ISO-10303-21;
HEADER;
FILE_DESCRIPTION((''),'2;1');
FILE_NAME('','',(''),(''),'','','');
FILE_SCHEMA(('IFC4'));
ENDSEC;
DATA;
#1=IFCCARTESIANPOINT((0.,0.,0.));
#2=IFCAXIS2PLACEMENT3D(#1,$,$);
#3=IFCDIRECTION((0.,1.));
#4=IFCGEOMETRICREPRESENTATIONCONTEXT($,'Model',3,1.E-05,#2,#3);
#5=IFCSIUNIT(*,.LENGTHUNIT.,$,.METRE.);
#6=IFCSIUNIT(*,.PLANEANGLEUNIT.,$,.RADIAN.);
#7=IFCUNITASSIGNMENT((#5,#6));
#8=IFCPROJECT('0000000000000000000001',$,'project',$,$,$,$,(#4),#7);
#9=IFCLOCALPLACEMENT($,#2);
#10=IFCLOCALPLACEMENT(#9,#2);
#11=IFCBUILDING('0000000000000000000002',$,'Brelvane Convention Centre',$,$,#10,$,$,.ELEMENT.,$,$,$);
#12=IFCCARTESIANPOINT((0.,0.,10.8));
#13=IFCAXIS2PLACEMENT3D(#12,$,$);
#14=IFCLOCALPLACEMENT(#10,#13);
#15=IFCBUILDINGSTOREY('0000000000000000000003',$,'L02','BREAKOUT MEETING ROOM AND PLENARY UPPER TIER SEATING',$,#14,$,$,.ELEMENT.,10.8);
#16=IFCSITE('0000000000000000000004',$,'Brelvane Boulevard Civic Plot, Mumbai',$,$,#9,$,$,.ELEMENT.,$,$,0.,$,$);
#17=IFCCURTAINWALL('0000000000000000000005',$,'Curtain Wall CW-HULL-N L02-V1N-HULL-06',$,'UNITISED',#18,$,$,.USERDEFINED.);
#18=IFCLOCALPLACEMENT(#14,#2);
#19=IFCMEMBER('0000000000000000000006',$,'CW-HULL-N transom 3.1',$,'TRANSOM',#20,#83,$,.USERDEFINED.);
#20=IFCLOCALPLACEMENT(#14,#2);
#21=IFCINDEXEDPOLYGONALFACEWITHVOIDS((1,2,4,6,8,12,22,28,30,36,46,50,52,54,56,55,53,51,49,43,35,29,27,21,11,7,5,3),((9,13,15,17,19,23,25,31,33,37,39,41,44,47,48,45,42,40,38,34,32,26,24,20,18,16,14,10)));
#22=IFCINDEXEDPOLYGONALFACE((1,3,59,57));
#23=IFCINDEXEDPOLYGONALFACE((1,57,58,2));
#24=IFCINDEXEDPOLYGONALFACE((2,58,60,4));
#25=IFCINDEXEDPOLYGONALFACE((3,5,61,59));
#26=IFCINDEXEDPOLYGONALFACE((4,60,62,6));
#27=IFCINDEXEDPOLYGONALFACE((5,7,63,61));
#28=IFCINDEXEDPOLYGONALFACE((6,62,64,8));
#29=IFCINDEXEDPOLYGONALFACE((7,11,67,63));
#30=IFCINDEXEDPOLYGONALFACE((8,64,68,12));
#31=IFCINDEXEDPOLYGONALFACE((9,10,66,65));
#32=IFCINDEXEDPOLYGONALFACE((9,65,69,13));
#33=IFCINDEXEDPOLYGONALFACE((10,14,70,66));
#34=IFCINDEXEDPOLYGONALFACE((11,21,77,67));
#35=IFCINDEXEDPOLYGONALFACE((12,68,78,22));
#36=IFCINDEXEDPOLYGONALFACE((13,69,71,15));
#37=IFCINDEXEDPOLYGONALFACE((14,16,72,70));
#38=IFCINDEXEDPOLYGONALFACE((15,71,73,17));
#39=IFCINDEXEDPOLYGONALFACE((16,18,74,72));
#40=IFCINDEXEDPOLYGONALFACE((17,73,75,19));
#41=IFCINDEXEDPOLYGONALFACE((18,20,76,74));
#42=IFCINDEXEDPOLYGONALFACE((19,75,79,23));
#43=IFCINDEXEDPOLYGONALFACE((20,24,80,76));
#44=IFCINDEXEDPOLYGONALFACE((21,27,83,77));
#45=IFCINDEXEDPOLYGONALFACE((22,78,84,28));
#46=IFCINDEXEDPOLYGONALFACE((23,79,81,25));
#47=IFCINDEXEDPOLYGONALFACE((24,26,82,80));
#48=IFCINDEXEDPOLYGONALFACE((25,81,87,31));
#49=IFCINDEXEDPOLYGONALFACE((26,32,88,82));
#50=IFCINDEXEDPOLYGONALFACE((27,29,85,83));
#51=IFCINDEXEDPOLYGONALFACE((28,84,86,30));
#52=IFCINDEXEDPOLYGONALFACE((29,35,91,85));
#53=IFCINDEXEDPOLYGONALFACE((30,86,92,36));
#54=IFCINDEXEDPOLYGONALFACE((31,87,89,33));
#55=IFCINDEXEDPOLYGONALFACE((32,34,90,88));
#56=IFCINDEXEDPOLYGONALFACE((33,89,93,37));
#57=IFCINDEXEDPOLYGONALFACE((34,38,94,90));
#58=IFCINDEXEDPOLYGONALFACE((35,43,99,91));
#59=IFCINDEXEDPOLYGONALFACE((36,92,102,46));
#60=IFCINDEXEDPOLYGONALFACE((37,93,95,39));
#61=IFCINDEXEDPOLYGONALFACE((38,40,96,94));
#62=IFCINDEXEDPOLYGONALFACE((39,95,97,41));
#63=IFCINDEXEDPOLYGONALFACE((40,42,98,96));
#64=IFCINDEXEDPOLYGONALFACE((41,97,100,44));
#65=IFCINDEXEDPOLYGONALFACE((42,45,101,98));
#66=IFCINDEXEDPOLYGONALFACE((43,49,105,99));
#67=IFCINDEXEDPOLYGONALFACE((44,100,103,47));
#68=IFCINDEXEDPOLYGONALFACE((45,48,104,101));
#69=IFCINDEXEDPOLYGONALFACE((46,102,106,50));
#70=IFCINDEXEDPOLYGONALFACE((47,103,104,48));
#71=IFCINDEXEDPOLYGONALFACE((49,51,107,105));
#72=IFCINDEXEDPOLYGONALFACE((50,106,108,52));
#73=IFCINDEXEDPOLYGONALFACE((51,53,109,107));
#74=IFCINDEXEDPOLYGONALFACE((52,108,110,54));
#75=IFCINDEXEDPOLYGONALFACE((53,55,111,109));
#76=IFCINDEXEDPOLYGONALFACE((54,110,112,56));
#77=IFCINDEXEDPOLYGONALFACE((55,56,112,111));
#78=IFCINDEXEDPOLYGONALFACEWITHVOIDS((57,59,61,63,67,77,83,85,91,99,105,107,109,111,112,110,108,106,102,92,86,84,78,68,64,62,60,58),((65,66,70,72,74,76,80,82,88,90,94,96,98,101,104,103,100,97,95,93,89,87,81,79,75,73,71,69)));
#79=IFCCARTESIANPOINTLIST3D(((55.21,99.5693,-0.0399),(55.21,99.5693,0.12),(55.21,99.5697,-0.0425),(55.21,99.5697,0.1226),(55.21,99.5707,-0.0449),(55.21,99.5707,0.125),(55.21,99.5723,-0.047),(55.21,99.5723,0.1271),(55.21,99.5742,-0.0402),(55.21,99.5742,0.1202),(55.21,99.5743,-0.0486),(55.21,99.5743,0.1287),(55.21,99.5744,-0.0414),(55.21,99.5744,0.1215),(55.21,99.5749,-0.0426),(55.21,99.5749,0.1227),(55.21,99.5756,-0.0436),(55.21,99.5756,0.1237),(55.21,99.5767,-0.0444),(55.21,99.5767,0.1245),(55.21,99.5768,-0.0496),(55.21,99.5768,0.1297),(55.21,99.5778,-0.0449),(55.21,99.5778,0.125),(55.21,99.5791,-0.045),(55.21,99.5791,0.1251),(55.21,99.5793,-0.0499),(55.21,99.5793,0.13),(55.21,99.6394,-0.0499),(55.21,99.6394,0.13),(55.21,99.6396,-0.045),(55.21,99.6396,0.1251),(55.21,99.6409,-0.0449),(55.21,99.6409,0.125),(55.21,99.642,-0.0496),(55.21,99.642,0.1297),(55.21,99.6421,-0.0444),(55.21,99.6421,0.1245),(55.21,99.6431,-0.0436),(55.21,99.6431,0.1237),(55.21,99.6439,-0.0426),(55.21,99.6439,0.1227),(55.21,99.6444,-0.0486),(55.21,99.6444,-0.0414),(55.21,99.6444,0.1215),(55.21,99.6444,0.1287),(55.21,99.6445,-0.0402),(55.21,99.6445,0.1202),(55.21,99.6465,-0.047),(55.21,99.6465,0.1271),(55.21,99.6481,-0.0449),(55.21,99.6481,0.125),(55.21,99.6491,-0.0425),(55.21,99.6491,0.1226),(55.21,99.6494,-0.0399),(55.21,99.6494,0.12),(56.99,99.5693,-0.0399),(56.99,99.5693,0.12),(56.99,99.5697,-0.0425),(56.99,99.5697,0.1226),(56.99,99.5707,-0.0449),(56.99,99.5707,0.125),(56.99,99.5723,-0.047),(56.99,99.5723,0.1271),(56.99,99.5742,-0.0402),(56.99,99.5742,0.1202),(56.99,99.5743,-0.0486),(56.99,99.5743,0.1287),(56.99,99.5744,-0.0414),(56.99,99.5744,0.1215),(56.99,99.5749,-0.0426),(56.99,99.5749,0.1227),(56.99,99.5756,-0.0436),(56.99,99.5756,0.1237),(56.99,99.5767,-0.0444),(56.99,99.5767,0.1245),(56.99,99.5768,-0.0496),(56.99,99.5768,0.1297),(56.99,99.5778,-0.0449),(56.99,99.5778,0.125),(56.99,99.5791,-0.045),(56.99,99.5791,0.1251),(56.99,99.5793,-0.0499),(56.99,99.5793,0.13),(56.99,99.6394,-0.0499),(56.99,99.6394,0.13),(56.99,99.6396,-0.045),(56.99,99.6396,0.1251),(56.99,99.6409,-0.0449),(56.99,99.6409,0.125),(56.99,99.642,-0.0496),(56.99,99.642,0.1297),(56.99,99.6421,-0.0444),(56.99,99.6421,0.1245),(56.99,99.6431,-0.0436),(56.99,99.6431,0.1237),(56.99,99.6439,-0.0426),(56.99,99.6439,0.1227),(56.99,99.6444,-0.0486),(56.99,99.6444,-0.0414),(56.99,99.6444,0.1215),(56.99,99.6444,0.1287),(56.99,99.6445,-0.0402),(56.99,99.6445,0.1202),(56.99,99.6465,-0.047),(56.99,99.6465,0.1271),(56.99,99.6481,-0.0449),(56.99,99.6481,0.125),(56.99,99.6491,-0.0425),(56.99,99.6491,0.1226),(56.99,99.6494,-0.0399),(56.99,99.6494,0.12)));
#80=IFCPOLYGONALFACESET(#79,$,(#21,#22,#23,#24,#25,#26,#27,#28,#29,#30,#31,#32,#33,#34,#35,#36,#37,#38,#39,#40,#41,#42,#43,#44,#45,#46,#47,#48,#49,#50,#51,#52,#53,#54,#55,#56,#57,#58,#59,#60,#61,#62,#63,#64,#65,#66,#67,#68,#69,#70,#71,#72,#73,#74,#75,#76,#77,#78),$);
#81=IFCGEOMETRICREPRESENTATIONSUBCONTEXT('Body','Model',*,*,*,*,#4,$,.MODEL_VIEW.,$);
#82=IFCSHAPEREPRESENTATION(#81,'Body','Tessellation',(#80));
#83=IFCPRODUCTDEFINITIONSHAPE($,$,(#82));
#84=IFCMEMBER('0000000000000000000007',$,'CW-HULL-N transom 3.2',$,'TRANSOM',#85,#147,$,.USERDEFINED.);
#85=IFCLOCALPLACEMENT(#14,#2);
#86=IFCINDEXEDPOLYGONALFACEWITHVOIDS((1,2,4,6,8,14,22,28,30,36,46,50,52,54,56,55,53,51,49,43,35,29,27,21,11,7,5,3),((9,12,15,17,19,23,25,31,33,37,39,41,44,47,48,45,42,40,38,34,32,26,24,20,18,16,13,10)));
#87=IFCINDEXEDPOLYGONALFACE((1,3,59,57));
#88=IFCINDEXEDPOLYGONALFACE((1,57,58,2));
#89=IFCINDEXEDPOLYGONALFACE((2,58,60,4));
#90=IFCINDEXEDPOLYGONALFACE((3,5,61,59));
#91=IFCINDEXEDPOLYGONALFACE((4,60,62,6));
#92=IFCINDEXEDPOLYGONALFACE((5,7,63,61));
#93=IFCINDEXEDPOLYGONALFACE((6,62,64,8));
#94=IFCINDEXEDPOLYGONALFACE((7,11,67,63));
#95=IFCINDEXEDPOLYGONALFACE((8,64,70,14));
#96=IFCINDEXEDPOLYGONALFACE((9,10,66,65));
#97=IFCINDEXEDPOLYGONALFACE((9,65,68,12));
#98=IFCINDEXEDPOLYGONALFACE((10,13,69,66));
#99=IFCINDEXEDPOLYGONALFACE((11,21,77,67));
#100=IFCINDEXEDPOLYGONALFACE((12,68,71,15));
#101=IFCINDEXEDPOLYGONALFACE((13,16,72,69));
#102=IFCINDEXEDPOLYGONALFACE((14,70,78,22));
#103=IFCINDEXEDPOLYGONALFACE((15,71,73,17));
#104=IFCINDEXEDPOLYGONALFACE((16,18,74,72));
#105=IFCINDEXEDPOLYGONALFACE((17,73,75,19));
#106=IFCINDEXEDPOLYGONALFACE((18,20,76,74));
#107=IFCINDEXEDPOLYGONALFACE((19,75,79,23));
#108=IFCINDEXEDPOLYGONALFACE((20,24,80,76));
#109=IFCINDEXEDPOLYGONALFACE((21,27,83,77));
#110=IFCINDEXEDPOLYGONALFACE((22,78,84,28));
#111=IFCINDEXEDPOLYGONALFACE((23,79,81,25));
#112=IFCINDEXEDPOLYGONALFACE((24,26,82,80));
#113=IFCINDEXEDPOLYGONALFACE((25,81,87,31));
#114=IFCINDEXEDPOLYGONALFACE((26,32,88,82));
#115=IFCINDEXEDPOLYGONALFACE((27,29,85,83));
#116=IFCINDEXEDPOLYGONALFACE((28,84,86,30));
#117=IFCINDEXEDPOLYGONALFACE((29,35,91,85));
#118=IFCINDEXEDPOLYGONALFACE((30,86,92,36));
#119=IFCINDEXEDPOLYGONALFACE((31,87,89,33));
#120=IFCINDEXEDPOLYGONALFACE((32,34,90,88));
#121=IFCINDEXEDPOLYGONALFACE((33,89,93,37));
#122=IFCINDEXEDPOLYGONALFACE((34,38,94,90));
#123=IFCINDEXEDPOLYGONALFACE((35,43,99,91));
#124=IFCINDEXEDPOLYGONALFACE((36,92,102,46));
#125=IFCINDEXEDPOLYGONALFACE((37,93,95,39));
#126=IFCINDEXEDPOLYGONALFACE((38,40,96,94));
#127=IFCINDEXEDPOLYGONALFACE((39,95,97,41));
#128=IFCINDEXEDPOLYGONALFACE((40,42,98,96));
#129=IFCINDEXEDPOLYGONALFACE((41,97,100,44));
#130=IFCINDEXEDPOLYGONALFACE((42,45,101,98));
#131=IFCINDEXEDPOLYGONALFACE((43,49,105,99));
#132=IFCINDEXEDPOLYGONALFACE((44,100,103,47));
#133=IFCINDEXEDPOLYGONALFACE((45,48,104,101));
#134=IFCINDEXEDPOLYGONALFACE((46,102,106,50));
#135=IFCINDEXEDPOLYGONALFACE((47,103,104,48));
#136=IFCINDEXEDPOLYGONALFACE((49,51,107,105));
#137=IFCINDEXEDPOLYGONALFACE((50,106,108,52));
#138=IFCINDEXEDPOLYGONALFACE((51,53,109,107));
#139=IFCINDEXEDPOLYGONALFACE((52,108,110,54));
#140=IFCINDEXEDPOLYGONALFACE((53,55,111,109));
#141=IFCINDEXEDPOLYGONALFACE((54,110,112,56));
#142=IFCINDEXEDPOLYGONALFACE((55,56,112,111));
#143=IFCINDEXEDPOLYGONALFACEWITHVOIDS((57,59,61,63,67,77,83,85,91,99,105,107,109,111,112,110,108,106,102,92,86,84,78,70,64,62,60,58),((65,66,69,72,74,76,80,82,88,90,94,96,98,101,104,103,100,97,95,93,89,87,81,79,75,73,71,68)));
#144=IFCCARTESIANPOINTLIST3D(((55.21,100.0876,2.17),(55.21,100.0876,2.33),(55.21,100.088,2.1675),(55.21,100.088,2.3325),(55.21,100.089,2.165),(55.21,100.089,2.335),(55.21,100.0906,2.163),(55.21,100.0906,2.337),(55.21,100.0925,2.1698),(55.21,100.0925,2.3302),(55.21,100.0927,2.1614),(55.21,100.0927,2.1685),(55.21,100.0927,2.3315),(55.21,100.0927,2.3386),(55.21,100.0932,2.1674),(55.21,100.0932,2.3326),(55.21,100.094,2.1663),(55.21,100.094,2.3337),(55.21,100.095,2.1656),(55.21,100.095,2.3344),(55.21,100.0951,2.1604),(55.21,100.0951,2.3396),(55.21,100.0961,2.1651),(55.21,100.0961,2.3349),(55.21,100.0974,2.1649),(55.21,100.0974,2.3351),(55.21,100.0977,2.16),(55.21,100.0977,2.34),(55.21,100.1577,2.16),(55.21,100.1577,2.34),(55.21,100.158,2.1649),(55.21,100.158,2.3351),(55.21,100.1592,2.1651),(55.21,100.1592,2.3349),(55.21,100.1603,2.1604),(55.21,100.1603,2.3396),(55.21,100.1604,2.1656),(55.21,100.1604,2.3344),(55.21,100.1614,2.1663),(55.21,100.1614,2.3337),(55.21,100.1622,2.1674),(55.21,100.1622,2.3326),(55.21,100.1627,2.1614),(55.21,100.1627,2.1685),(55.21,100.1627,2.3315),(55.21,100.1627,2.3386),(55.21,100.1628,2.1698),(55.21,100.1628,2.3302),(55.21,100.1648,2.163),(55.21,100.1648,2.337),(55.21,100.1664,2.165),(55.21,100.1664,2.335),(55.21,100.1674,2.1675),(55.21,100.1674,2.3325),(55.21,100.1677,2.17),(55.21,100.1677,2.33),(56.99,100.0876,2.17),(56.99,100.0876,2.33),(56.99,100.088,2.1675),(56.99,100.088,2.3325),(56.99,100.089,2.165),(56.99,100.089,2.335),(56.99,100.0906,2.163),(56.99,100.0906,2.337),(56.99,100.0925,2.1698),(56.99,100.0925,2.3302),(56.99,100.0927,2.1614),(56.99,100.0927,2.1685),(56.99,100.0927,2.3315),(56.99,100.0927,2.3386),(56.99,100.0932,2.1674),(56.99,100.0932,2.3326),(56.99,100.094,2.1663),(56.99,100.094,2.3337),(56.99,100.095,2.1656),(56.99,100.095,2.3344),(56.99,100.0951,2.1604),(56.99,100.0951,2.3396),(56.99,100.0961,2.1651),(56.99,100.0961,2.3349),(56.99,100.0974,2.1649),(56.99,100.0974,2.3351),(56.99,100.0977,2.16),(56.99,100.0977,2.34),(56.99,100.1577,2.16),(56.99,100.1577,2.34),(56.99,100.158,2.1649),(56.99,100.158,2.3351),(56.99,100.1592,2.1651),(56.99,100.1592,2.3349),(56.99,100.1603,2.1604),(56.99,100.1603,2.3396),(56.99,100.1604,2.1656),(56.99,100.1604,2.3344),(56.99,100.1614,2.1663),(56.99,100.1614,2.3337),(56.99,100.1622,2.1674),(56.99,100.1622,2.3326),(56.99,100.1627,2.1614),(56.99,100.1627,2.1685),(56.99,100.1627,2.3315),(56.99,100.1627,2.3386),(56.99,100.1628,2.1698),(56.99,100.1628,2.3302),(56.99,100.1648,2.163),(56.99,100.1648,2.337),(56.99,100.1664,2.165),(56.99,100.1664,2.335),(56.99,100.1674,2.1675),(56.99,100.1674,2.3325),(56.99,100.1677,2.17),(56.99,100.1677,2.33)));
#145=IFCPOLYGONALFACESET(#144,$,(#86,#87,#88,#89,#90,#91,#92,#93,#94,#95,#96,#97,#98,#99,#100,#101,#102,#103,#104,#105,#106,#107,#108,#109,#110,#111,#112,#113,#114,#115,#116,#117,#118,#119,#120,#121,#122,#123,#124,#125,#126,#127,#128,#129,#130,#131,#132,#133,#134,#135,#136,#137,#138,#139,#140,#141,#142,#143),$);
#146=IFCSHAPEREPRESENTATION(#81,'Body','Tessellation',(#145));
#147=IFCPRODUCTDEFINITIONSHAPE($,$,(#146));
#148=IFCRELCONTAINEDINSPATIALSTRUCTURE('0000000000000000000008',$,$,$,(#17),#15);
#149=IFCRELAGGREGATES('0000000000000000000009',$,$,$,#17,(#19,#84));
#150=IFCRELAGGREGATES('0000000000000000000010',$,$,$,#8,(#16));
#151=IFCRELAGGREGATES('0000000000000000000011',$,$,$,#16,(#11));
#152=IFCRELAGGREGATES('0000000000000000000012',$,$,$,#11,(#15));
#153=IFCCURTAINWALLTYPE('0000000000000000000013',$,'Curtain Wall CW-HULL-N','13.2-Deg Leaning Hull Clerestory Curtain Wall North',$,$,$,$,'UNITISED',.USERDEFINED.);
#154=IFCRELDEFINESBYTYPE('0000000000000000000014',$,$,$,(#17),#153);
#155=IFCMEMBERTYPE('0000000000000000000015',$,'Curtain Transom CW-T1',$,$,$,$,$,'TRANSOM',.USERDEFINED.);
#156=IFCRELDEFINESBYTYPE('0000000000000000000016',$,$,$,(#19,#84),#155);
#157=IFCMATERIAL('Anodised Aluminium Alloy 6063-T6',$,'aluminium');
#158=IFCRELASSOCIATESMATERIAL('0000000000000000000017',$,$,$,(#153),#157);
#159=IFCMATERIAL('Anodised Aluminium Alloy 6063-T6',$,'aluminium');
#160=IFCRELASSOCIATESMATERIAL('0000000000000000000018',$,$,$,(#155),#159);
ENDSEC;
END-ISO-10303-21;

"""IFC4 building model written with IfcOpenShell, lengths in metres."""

from ifc_helpers import new_model, si_unit, direction, frame, origin, origin_2d, place, context, subcontext, project, spatial, hollow_rectangle, extrude, material, material_profile, profile_set, type_object, element, aggregate, save


model = new_model("IFC4")

# Units and contexts
model_context = context("Model", 3, precision=1e-05, world=origin(), true_north=direction((0.0, 1.0)))
body_context = subcontext(model_context, "Body", "Model", "MODEL_VIEW")
ifc_project = project(units=[si_unit("LENGTHUNIT", "METRE"), si_unit("PLANEANGLEUNIT", "RADIAN")], contexts=[model_context])

# Site, building, storey
site_placement = place(None, origin())
site = spatial("IfcSite", under=ifc_project, at=site_placement, Name="Brelvane Boulevard Civic Plot, Mumbai", CompositionType="ELEMENT", RefElevation=0.0)
building_placement = place(site_placement, origin())
building = spatial("IfcBuilding", under=site, at=building_placement, Name="Brelvane Convention Centre", CompositionType="ELEMENT")
storey_placement = place(building_placement, frame((0.0, 0.0, 10.8)))
storey = spatial("IfcBuildingStorey", under=building, at=storey_placement, Name="L02", Description="BREAKOUT MEETING ROOM AND PLENARY UPPER TIER SEATING", CompositionType="ELEMENT", Elevation=10.8)

# Curtain wall, members
ifc_material_1 = material(Name="Anodised Aluminium Alloy 6063-T6", Category="aluminium")
curtain_wall_type = type_object("IfcCurtainWallType", Name="Curtain Wall CW-HULL-N", Description="13.2-Deg Leaning Hull Clerestory Curtain Wall North", ElementType="UNITISED", PredefinedType="USERDEFINED", material=ifc_material_1)
curtain_wall_placement = place(storey_placement, origin())
curtain_wall = element("IfcCurtainWall", 1, at=curtain_wall_placement, inside=storey, type_object=curtain_wall_type, Name="Curtain Wall CW-HULL-N L02-V1N-HULL-06", ObjectType="UNITISED", PredefinedType="USERDEFINED")
ifc_material_2 = material(Name="Anodised Aluminium Alloy 6063-T6", Category="aluminium")
ifc_material_profile_1 = material_profile(ifc_material_2, hollow_rectangle(XDim=0.0801, YDim=0.1799, WallThickness=0.0049, InnerFilletRadius=0.0049, OuterFilletRadius=0.01, at=origin_2d()), Name="ALU-T 180x80x5.0")
ifc_profile_set_1 = profile_set([ifc_material_profile_1], Name="Anodised Aluminium Alloy 6063-T6")
member_type_1 = type_object("IfcMemberType", Name="Curtain Transom CW-T1", ElementType="TRANSOM", PredefinedType="USERDEFINED", material=ifc_profile_set_1)
member_1_placement = place(storey_placement, frame((55.21, 99.6094, 0.04), z_axis=(1.0, 0.0, 0.0), x_axis=(0.0, 1.0, 0.0)))
member_1 = element("IfcMember", 2, at=member_1_placement, type_object=member_type_1, Name="CW-HULL-N transom 3.1", ObjectType="TRANSOM", PredefinedType="USERDEFINED", context=body_context, shape_type="SweptSolid", body=[
    extrude(hollow_rectangle(XDim=0.0801, YDim=0.1799, WallThickness=0.0049, InnerFilletRadius=0.0049, OuterFilletRadius=0.01, at=origin_2d()), origin(), (0.0, 0.0, 1.0), 1.78),
])
member_2_placement = place(storey_placement, frame((55.21, 100.1277, 2.25), z_axis=(1.0, 0.0, 0.0), x_axis=(0.0, 1.0, 0.0)))
member_2 = element("IfcMember", 3, at=member_2_placement, type_object=member_type_1, Name="CW-HULL-N transom 3.2", ObjectType="TRANSOM", PredefinedType="USERDEFINED", context=body_context, shape_type="SweptSolid", body=[
    extrude(hollow_rectangle(XDim=0.0801, YDim=0.1799, WallThickness=0.0049, InnerFilletRadius=0.0049, OuterFilletRadius=0.01, at=origin_2d()), origin(), (0.0, 0.0, 1.0), 1.78),
])

aggregate(curtain_wall, [member_1, member_2])

save(model, "model.ifc")
